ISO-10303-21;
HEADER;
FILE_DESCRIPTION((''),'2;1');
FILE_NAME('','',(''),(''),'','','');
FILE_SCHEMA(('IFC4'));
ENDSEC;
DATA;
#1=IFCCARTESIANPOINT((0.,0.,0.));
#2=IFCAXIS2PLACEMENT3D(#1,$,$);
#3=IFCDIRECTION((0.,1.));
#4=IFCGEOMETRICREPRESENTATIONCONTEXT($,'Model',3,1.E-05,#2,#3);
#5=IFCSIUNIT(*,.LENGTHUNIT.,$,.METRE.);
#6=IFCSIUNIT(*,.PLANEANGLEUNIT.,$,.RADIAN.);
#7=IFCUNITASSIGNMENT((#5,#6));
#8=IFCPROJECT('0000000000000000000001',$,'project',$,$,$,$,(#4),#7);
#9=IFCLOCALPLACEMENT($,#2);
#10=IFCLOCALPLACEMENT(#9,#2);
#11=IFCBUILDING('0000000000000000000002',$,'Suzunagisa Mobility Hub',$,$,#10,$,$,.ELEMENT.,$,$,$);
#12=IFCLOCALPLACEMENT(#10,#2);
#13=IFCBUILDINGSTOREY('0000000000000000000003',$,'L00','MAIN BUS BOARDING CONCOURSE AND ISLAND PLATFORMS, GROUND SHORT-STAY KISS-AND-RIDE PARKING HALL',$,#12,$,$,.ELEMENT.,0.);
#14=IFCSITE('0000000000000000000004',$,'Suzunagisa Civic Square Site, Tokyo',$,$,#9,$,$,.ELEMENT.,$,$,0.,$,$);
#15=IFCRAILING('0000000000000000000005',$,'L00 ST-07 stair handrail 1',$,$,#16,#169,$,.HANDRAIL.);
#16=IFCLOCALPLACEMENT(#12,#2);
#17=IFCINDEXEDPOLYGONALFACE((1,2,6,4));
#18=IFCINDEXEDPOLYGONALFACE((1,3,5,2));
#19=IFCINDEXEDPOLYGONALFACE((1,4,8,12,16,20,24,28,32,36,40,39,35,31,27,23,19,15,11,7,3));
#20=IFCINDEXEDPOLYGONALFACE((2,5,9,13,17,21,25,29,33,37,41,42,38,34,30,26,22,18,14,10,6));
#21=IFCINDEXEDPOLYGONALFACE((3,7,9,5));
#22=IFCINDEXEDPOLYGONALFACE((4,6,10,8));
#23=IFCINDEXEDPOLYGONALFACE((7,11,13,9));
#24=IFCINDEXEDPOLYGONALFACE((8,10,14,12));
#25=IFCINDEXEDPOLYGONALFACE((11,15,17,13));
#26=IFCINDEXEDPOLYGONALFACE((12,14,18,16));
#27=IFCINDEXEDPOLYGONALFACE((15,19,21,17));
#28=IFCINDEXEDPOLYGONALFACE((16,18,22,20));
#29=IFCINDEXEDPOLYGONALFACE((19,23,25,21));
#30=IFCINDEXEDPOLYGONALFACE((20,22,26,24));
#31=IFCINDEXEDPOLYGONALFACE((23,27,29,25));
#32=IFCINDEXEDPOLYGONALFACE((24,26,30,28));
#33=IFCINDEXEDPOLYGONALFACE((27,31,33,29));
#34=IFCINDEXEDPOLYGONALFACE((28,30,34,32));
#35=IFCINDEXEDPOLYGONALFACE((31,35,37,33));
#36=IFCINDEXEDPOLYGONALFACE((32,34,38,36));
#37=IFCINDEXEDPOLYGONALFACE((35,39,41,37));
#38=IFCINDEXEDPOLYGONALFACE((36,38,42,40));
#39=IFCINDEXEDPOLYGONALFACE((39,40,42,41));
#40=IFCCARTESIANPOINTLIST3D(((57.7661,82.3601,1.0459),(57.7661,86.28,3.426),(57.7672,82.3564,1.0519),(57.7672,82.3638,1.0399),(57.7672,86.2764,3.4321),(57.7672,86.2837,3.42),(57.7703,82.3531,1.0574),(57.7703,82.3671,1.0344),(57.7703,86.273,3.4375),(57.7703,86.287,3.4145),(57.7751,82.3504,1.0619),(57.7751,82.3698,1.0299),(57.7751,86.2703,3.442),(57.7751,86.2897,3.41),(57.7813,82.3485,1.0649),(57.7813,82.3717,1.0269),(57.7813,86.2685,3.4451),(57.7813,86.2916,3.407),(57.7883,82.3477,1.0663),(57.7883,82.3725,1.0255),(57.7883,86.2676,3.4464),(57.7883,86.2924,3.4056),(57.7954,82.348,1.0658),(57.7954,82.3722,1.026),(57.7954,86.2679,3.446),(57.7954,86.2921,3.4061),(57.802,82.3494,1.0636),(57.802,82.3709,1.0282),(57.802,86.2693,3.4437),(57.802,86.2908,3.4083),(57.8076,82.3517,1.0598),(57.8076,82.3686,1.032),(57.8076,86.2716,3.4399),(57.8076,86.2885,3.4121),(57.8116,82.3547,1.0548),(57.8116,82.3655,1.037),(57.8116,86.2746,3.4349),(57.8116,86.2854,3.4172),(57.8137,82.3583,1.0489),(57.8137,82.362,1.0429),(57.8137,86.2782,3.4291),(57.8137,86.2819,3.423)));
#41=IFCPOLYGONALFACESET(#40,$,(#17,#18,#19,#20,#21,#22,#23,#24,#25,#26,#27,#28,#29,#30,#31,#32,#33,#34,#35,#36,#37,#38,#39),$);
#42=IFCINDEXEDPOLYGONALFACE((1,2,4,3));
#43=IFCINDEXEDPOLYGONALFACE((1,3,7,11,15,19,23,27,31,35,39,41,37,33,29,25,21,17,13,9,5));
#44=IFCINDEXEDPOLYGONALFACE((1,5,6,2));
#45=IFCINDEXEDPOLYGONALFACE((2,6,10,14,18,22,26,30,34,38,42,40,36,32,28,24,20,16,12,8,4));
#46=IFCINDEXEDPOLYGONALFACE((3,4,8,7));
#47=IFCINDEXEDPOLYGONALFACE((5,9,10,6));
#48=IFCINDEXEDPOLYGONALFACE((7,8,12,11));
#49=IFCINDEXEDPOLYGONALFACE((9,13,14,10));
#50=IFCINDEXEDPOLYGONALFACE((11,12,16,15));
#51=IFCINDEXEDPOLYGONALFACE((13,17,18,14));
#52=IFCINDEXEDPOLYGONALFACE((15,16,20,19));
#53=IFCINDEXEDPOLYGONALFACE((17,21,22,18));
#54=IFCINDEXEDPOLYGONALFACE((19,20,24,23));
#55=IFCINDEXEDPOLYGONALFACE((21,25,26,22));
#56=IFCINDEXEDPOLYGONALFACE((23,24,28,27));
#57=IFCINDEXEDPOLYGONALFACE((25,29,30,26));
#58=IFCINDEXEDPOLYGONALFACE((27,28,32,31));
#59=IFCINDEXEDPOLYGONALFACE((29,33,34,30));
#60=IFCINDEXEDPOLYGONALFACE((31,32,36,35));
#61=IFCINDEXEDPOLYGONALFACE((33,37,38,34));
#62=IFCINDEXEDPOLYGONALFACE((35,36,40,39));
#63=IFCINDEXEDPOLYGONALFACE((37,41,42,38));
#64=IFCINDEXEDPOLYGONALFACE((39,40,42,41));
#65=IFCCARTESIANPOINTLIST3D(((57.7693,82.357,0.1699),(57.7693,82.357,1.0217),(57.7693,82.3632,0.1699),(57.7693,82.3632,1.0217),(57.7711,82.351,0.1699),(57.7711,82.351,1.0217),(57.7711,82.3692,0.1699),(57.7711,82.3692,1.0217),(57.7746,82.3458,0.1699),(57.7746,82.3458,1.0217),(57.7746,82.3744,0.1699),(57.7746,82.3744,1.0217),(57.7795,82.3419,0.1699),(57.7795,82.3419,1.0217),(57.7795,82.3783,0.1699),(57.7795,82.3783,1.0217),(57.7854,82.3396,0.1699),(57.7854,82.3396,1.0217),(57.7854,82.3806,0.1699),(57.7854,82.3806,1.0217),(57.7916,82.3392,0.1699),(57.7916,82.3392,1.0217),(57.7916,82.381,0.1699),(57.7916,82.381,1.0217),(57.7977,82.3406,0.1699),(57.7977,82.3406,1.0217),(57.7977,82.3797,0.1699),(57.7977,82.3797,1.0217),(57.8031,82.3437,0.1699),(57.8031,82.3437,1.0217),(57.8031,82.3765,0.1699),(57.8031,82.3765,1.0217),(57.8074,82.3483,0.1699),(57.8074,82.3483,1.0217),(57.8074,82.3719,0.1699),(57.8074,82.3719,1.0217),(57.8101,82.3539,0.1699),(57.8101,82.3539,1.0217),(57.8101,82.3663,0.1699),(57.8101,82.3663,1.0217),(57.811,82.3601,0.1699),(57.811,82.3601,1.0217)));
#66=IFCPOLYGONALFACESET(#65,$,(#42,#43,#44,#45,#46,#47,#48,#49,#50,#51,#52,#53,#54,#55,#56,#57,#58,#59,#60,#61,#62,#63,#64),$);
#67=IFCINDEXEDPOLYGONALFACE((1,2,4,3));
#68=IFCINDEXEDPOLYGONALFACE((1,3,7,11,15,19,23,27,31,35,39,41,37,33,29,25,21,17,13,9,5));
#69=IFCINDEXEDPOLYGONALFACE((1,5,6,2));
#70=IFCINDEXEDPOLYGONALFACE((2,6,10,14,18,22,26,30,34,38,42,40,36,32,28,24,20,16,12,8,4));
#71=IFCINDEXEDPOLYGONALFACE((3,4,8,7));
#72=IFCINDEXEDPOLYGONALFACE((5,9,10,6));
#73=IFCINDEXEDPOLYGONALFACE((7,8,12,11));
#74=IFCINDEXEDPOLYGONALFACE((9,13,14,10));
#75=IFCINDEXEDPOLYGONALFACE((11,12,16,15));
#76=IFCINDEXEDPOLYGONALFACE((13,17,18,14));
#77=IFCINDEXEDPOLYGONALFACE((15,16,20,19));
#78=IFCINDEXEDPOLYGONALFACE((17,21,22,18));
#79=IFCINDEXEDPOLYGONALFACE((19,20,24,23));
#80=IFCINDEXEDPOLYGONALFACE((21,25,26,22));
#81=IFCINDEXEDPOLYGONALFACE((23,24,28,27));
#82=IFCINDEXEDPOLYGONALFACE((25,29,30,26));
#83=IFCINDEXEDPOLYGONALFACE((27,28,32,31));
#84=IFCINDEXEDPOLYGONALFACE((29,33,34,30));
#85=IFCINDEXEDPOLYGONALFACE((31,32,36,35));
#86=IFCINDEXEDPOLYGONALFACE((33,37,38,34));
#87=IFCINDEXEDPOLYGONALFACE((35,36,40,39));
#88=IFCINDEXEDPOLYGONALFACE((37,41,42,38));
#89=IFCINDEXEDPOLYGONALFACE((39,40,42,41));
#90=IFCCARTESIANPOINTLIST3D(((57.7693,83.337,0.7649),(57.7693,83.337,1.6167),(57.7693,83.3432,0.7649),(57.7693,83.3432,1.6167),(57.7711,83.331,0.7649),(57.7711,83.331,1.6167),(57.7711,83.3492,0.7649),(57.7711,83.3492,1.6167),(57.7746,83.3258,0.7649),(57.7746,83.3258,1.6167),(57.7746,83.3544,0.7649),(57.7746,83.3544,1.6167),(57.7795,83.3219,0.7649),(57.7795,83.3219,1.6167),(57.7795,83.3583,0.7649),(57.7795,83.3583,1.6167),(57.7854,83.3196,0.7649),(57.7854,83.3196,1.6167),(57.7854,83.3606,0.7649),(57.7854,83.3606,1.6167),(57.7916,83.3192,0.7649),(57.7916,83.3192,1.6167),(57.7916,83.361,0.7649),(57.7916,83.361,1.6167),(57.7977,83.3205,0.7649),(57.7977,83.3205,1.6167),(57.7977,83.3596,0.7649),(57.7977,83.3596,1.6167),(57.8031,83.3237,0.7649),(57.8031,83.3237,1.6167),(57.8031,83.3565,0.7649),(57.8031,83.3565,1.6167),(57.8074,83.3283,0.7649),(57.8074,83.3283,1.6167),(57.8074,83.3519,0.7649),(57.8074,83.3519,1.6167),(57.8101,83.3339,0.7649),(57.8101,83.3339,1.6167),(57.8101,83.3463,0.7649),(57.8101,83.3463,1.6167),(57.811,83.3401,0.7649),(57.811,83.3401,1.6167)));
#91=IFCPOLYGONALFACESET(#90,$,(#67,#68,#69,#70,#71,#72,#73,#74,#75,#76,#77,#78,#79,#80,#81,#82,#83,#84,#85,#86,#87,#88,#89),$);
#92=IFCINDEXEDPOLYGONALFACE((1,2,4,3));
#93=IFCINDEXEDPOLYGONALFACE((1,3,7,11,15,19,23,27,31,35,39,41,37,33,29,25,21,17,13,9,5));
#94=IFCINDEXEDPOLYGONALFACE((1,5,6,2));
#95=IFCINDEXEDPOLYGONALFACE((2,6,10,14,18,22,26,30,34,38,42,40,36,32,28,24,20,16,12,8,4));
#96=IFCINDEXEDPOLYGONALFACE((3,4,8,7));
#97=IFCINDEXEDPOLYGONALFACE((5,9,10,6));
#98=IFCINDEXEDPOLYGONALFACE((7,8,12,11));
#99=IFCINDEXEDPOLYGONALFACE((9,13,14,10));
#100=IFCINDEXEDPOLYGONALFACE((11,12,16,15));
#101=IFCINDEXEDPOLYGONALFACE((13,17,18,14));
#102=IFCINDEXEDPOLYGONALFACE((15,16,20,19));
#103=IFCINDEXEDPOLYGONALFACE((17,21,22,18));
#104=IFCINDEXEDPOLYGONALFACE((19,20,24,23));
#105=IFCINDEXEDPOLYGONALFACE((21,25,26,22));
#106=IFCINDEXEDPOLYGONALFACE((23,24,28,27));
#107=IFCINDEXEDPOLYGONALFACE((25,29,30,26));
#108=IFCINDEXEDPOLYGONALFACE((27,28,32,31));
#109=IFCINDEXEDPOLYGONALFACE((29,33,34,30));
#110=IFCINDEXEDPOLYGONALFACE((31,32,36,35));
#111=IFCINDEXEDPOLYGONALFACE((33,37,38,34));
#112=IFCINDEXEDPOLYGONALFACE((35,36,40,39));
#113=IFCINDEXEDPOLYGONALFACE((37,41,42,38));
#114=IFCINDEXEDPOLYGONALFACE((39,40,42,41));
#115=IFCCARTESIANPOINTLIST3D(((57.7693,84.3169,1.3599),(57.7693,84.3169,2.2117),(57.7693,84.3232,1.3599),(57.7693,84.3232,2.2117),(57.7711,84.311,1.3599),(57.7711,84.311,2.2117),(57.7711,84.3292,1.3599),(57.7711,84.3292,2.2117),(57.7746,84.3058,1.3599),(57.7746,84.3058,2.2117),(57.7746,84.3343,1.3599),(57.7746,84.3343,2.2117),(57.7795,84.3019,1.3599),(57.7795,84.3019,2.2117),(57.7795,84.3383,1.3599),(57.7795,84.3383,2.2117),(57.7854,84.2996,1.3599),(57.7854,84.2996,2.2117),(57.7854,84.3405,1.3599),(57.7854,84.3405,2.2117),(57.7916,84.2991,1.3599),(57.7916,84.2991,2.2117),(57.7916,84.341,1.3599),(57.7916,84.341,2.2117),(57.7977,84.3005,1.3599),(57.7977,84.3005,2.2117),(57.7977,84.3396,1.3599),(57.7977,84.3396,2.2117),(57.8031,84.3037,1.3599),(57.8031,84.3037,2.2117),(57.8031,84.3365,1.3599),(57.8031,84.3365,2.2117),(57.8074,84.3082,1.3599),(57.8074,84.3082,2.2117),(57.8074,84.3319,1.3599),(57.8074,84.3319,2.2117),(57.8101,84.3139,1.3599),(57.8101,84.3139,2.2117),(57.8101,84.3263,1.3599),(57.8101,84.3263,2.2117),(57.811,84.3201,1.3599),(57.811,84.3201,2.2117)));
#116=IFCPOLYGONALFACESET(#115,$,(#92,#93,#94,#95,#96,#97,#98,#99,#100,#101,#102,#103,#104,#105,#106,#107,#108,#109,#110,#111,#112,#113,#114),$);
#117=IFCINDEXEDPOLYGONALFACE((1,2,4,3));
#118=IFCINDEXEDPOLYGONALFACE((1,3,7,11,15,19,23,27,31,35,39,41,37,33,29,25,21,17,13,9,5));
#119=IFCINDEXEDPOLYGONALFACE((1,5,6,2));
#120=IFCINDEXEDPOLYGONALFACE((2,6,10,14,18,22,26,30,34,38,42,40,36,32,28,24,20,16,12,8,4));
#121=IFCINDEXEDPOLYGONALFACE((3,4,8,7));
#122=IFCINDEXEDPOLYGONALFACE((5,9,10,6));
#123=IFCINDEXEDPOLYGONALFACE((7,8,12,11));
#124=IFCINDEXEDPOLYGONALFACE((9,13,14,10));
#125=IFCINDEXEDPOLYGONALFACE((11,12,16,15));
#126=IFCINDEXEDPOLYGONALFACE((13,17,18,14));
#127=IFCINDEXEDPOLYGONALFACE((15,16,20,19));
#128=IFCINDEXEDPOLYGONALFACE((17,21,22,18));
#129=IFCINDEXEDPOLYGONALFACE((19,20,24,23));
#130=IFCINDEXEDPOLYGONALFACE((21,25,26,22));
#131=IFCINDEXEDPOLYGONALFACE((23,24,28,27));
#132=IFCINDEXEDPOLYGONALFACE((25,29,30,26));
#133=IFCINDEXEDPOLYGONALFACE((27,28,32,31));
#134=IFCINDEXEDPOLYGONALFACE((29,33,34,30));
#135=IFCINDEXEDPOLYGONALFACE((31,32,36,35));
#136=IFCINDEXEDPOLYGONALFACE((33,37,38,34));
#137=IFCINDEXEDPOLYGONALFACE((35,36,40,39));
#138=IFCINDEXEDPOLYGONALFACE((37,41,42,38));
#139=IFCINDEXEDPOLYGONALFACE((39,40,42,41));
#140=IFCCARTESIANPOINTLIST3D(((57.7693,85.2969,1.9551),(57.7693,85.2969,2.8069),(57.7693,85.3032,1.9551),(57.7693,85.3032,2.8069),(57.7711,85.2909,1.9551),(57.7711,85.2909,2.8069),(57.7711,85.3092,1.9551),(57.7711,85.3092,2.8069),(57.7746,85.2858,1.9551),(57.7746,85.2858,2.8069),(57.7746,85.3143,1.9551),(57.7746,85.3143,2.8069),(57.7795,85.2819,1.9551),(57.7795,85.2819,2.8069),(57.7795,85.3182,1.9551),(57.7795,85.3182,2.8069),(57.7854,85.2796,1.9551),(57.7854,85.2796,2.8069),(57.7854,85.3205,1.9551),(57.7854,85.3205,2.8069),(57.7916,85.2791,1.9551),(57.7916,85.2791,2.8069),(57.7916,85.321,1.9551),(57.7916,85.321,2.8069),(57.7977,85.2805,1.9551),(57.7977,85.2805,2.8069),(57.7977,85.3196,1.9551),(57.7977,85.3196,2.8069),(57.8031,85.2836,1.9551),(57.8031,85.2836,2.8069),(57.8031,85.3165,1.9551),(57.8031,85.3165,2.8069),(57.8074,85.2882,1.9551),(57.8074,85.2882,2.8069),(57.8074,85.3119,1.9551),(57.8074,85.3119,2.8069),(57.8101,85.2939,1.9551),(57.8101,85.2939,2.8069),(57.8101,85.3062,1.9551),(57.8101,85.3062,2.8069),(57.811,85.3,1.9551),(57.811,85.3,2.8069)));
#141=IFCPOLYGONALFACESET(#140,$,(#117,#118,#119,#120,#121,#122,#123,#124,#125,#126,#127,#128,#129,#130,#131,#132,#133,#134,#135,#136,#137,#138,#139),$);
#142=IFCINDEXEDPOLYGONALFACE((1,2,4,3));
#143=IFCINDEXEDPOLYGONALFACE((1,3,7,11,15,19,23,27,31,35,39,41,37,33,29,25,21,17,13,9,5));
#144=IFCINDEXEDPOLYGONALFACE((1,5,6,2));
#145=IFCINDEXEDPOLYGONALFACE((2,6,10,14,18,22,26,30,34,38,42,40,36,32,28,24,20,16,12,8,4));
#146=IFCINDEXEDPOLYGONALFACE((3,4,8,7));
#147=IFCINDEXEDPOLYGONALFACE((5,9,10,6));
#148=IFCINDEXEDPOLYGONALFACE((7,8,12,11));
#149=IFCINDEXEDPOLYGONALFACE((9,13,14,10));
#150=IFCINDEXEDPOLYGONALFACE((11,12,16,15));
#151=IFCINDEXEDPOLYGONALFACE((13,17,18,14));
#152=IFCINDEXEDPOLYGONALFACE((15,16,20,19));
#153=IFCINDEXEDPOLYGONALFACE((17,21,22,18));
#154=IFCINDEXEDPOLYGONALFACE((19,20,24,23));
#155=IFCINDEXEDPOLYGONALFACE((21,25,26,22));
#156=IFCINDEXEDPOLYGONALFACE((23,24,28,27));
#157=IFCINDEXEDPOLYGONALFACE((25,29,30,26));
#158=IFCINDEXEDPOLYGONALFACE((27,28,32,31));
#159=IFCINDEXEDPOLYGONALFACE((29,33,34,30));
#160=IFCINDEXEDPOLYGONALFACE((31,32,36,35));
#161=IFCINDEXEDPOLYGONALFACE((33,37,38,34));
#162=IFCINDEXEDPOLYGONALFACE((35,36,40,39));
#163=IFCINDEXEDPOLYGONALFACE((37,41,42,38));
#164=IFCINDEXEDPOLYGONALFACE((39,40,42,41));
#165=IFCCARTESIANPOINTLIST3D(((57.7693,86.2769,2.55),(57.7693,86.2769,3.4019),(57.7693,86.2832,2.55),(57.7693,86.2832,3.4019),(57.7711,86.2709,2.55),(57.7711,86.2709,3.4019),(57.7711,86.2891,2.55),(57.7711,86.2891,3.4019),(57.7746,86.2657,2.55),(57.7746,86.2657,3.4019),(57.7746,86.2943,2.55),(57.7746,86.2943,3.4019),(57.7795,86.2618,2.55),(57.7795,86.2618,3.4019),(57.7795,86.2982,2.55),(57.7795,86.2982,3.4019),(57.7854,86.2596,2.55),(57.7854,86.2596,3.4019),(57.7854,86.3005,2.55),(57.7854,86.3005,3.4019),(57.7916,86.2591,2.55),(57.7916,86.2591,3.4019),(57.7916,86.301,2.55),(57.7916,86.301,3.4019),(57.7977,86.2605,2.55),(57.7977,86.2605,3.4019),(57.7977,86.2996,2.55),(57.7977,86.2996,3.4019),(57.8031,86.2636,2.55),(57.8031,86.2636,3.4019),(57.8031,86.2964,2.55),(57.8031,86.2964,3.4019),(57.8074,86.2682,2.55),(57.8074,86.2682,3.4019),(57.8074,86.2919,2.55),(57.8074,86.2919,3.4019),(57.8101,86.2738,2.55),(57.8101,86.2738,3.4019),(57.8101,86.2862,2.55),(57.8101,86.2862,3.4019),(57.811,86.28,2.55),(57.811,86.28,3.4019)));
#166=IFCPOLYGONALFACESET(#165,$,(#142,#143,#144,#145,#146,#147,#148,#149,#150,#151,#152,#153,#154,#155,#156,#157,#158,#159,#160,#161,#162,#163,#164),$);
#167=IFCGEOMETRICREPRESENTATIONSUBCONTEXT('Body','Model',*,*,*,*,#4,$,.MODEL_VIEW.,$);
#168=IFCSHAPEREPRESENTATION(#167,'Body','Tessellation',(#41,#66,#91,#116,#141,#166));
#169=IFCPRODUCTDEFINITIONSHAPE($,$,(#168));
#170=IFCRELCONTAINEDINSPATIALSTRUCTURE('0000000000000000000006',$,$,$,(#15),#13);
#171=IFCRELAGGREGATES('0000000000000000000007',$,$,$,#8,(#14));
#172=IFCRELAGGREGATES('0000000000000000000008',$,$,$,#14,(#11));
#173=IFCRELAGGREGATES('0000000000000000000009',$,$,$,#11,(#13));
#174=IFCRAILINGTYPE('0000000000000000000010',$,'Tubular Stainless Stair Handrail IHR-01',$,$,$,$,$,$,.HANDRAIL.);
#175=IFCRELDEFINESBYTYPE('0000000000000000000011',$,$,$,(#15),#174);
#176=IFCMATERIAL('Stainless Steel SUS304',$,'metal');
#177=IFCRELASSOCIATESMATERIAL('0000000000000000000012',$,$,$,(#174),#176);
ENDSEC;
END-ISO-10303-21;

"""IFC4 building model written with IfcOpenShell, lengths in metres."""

from ifc_helpers import new_model, si_unit, direction, frame, origin, origin_2d, place, context, subcontext, project, spatial, circle, extrude, material, type_object, element, save


model = new_model("IFC4")

# Units and contexts
model_context = context("Model", 3, precision=1e-05, world=origin(), true_north=direction((0.0, 1.0)))
body_context = subcontext(model_context, "Body", "Model", "MODEL_VIEW")
ifc_project = project(units=[si_unit("LENGTHUNIT", "METRE"), si_unit("PLANEANGLEUNIT", "RADIAN")], contexts=[model_context])

# Site, building, storey
site_placement = place(None, origin())
site = spatial("IfcSite", under=ifc_project, at=site_placement, Name="Suzunagisa Civic Square Site, Tokyo", CompositionType="ELEMENT", RefElevation=0.0)
building_placement = place(site_placement, origin())
building = spatial("IfcBuilding", under=site, at=building_placement, Name="Suzunagisa Mobility Hub", CompositionType="ELEMENT")
storey_placement = place(building_placement, origin())
storey = spatial("IfcBuildingStorey", under=building, at=storey_placement, Name="L00", Description="MAIN BUS BOARDING CONCOURSE AND ISLAND PLATFORMS, GROUND SHORT-STAY KISS-AND-RIDE PARKING HALL", CompositionType="ELEMENT", Elevation=0.0)

# Railing
ifc_material_1 = material(Name="Stainless Steel SUS304", Category="metal")
railing_type_1 = type_object("IfcRailingType", Name="Tubular Stainless Stair Handrail IHR-01", PredefinedType="HANDRAIL", material=ifc_material_1)
railing_1_placement = place(storey_placement, frame((57.79, 82.3601, 0.1699)))
element("IfcRailing", 1, at=railing_1_placement, inside=storey, type_object=railing_type_1, Name="L00 ST-07 stair handrail 1", PredefinedType="HANDRAIL", context=body_context, shape_type="SweptSolid", body=[
    extrude(circle(Radius=0.0239, at=origin_2d()), frame((0.0, 0.0, 0.876), z_axis=(0.0, 0.854771, 0.519006), x_axis=(-1.0, 0.0, 0.0)), (0.0, 0.0, 1.0), 4.5859),
    extrude(circle(Radius=0.021, at=origin_2d()), origin(), (0.0, 0.0, 1.0), 0.8518),
    extrude(circle(Radius=0.021, at=origin_2d()), frame((0.0, 0.98, 0.595)), (0.0, 0.0, 1.0), 0.8518),
    extrude(circle(Radius=0.021, at=origin_2d()), frame((0.0, 1.96, 1.1899)), (0.0, 0.0, 1.0), 0.8518),
    extrude(circle(Radius=0.021, at=origin_2d()), frame((0.0, 2.9399, 1.7852)), (0.0, 0.0, 1.0), 0.8518),
    extrude(circle(Radius=0.021, at=origin_2d()), frame((0.0, 3.9199, 2.3801)), (0.0, 0.0, 1.0), 0.8518),
])

save(model, "model.ifc")
